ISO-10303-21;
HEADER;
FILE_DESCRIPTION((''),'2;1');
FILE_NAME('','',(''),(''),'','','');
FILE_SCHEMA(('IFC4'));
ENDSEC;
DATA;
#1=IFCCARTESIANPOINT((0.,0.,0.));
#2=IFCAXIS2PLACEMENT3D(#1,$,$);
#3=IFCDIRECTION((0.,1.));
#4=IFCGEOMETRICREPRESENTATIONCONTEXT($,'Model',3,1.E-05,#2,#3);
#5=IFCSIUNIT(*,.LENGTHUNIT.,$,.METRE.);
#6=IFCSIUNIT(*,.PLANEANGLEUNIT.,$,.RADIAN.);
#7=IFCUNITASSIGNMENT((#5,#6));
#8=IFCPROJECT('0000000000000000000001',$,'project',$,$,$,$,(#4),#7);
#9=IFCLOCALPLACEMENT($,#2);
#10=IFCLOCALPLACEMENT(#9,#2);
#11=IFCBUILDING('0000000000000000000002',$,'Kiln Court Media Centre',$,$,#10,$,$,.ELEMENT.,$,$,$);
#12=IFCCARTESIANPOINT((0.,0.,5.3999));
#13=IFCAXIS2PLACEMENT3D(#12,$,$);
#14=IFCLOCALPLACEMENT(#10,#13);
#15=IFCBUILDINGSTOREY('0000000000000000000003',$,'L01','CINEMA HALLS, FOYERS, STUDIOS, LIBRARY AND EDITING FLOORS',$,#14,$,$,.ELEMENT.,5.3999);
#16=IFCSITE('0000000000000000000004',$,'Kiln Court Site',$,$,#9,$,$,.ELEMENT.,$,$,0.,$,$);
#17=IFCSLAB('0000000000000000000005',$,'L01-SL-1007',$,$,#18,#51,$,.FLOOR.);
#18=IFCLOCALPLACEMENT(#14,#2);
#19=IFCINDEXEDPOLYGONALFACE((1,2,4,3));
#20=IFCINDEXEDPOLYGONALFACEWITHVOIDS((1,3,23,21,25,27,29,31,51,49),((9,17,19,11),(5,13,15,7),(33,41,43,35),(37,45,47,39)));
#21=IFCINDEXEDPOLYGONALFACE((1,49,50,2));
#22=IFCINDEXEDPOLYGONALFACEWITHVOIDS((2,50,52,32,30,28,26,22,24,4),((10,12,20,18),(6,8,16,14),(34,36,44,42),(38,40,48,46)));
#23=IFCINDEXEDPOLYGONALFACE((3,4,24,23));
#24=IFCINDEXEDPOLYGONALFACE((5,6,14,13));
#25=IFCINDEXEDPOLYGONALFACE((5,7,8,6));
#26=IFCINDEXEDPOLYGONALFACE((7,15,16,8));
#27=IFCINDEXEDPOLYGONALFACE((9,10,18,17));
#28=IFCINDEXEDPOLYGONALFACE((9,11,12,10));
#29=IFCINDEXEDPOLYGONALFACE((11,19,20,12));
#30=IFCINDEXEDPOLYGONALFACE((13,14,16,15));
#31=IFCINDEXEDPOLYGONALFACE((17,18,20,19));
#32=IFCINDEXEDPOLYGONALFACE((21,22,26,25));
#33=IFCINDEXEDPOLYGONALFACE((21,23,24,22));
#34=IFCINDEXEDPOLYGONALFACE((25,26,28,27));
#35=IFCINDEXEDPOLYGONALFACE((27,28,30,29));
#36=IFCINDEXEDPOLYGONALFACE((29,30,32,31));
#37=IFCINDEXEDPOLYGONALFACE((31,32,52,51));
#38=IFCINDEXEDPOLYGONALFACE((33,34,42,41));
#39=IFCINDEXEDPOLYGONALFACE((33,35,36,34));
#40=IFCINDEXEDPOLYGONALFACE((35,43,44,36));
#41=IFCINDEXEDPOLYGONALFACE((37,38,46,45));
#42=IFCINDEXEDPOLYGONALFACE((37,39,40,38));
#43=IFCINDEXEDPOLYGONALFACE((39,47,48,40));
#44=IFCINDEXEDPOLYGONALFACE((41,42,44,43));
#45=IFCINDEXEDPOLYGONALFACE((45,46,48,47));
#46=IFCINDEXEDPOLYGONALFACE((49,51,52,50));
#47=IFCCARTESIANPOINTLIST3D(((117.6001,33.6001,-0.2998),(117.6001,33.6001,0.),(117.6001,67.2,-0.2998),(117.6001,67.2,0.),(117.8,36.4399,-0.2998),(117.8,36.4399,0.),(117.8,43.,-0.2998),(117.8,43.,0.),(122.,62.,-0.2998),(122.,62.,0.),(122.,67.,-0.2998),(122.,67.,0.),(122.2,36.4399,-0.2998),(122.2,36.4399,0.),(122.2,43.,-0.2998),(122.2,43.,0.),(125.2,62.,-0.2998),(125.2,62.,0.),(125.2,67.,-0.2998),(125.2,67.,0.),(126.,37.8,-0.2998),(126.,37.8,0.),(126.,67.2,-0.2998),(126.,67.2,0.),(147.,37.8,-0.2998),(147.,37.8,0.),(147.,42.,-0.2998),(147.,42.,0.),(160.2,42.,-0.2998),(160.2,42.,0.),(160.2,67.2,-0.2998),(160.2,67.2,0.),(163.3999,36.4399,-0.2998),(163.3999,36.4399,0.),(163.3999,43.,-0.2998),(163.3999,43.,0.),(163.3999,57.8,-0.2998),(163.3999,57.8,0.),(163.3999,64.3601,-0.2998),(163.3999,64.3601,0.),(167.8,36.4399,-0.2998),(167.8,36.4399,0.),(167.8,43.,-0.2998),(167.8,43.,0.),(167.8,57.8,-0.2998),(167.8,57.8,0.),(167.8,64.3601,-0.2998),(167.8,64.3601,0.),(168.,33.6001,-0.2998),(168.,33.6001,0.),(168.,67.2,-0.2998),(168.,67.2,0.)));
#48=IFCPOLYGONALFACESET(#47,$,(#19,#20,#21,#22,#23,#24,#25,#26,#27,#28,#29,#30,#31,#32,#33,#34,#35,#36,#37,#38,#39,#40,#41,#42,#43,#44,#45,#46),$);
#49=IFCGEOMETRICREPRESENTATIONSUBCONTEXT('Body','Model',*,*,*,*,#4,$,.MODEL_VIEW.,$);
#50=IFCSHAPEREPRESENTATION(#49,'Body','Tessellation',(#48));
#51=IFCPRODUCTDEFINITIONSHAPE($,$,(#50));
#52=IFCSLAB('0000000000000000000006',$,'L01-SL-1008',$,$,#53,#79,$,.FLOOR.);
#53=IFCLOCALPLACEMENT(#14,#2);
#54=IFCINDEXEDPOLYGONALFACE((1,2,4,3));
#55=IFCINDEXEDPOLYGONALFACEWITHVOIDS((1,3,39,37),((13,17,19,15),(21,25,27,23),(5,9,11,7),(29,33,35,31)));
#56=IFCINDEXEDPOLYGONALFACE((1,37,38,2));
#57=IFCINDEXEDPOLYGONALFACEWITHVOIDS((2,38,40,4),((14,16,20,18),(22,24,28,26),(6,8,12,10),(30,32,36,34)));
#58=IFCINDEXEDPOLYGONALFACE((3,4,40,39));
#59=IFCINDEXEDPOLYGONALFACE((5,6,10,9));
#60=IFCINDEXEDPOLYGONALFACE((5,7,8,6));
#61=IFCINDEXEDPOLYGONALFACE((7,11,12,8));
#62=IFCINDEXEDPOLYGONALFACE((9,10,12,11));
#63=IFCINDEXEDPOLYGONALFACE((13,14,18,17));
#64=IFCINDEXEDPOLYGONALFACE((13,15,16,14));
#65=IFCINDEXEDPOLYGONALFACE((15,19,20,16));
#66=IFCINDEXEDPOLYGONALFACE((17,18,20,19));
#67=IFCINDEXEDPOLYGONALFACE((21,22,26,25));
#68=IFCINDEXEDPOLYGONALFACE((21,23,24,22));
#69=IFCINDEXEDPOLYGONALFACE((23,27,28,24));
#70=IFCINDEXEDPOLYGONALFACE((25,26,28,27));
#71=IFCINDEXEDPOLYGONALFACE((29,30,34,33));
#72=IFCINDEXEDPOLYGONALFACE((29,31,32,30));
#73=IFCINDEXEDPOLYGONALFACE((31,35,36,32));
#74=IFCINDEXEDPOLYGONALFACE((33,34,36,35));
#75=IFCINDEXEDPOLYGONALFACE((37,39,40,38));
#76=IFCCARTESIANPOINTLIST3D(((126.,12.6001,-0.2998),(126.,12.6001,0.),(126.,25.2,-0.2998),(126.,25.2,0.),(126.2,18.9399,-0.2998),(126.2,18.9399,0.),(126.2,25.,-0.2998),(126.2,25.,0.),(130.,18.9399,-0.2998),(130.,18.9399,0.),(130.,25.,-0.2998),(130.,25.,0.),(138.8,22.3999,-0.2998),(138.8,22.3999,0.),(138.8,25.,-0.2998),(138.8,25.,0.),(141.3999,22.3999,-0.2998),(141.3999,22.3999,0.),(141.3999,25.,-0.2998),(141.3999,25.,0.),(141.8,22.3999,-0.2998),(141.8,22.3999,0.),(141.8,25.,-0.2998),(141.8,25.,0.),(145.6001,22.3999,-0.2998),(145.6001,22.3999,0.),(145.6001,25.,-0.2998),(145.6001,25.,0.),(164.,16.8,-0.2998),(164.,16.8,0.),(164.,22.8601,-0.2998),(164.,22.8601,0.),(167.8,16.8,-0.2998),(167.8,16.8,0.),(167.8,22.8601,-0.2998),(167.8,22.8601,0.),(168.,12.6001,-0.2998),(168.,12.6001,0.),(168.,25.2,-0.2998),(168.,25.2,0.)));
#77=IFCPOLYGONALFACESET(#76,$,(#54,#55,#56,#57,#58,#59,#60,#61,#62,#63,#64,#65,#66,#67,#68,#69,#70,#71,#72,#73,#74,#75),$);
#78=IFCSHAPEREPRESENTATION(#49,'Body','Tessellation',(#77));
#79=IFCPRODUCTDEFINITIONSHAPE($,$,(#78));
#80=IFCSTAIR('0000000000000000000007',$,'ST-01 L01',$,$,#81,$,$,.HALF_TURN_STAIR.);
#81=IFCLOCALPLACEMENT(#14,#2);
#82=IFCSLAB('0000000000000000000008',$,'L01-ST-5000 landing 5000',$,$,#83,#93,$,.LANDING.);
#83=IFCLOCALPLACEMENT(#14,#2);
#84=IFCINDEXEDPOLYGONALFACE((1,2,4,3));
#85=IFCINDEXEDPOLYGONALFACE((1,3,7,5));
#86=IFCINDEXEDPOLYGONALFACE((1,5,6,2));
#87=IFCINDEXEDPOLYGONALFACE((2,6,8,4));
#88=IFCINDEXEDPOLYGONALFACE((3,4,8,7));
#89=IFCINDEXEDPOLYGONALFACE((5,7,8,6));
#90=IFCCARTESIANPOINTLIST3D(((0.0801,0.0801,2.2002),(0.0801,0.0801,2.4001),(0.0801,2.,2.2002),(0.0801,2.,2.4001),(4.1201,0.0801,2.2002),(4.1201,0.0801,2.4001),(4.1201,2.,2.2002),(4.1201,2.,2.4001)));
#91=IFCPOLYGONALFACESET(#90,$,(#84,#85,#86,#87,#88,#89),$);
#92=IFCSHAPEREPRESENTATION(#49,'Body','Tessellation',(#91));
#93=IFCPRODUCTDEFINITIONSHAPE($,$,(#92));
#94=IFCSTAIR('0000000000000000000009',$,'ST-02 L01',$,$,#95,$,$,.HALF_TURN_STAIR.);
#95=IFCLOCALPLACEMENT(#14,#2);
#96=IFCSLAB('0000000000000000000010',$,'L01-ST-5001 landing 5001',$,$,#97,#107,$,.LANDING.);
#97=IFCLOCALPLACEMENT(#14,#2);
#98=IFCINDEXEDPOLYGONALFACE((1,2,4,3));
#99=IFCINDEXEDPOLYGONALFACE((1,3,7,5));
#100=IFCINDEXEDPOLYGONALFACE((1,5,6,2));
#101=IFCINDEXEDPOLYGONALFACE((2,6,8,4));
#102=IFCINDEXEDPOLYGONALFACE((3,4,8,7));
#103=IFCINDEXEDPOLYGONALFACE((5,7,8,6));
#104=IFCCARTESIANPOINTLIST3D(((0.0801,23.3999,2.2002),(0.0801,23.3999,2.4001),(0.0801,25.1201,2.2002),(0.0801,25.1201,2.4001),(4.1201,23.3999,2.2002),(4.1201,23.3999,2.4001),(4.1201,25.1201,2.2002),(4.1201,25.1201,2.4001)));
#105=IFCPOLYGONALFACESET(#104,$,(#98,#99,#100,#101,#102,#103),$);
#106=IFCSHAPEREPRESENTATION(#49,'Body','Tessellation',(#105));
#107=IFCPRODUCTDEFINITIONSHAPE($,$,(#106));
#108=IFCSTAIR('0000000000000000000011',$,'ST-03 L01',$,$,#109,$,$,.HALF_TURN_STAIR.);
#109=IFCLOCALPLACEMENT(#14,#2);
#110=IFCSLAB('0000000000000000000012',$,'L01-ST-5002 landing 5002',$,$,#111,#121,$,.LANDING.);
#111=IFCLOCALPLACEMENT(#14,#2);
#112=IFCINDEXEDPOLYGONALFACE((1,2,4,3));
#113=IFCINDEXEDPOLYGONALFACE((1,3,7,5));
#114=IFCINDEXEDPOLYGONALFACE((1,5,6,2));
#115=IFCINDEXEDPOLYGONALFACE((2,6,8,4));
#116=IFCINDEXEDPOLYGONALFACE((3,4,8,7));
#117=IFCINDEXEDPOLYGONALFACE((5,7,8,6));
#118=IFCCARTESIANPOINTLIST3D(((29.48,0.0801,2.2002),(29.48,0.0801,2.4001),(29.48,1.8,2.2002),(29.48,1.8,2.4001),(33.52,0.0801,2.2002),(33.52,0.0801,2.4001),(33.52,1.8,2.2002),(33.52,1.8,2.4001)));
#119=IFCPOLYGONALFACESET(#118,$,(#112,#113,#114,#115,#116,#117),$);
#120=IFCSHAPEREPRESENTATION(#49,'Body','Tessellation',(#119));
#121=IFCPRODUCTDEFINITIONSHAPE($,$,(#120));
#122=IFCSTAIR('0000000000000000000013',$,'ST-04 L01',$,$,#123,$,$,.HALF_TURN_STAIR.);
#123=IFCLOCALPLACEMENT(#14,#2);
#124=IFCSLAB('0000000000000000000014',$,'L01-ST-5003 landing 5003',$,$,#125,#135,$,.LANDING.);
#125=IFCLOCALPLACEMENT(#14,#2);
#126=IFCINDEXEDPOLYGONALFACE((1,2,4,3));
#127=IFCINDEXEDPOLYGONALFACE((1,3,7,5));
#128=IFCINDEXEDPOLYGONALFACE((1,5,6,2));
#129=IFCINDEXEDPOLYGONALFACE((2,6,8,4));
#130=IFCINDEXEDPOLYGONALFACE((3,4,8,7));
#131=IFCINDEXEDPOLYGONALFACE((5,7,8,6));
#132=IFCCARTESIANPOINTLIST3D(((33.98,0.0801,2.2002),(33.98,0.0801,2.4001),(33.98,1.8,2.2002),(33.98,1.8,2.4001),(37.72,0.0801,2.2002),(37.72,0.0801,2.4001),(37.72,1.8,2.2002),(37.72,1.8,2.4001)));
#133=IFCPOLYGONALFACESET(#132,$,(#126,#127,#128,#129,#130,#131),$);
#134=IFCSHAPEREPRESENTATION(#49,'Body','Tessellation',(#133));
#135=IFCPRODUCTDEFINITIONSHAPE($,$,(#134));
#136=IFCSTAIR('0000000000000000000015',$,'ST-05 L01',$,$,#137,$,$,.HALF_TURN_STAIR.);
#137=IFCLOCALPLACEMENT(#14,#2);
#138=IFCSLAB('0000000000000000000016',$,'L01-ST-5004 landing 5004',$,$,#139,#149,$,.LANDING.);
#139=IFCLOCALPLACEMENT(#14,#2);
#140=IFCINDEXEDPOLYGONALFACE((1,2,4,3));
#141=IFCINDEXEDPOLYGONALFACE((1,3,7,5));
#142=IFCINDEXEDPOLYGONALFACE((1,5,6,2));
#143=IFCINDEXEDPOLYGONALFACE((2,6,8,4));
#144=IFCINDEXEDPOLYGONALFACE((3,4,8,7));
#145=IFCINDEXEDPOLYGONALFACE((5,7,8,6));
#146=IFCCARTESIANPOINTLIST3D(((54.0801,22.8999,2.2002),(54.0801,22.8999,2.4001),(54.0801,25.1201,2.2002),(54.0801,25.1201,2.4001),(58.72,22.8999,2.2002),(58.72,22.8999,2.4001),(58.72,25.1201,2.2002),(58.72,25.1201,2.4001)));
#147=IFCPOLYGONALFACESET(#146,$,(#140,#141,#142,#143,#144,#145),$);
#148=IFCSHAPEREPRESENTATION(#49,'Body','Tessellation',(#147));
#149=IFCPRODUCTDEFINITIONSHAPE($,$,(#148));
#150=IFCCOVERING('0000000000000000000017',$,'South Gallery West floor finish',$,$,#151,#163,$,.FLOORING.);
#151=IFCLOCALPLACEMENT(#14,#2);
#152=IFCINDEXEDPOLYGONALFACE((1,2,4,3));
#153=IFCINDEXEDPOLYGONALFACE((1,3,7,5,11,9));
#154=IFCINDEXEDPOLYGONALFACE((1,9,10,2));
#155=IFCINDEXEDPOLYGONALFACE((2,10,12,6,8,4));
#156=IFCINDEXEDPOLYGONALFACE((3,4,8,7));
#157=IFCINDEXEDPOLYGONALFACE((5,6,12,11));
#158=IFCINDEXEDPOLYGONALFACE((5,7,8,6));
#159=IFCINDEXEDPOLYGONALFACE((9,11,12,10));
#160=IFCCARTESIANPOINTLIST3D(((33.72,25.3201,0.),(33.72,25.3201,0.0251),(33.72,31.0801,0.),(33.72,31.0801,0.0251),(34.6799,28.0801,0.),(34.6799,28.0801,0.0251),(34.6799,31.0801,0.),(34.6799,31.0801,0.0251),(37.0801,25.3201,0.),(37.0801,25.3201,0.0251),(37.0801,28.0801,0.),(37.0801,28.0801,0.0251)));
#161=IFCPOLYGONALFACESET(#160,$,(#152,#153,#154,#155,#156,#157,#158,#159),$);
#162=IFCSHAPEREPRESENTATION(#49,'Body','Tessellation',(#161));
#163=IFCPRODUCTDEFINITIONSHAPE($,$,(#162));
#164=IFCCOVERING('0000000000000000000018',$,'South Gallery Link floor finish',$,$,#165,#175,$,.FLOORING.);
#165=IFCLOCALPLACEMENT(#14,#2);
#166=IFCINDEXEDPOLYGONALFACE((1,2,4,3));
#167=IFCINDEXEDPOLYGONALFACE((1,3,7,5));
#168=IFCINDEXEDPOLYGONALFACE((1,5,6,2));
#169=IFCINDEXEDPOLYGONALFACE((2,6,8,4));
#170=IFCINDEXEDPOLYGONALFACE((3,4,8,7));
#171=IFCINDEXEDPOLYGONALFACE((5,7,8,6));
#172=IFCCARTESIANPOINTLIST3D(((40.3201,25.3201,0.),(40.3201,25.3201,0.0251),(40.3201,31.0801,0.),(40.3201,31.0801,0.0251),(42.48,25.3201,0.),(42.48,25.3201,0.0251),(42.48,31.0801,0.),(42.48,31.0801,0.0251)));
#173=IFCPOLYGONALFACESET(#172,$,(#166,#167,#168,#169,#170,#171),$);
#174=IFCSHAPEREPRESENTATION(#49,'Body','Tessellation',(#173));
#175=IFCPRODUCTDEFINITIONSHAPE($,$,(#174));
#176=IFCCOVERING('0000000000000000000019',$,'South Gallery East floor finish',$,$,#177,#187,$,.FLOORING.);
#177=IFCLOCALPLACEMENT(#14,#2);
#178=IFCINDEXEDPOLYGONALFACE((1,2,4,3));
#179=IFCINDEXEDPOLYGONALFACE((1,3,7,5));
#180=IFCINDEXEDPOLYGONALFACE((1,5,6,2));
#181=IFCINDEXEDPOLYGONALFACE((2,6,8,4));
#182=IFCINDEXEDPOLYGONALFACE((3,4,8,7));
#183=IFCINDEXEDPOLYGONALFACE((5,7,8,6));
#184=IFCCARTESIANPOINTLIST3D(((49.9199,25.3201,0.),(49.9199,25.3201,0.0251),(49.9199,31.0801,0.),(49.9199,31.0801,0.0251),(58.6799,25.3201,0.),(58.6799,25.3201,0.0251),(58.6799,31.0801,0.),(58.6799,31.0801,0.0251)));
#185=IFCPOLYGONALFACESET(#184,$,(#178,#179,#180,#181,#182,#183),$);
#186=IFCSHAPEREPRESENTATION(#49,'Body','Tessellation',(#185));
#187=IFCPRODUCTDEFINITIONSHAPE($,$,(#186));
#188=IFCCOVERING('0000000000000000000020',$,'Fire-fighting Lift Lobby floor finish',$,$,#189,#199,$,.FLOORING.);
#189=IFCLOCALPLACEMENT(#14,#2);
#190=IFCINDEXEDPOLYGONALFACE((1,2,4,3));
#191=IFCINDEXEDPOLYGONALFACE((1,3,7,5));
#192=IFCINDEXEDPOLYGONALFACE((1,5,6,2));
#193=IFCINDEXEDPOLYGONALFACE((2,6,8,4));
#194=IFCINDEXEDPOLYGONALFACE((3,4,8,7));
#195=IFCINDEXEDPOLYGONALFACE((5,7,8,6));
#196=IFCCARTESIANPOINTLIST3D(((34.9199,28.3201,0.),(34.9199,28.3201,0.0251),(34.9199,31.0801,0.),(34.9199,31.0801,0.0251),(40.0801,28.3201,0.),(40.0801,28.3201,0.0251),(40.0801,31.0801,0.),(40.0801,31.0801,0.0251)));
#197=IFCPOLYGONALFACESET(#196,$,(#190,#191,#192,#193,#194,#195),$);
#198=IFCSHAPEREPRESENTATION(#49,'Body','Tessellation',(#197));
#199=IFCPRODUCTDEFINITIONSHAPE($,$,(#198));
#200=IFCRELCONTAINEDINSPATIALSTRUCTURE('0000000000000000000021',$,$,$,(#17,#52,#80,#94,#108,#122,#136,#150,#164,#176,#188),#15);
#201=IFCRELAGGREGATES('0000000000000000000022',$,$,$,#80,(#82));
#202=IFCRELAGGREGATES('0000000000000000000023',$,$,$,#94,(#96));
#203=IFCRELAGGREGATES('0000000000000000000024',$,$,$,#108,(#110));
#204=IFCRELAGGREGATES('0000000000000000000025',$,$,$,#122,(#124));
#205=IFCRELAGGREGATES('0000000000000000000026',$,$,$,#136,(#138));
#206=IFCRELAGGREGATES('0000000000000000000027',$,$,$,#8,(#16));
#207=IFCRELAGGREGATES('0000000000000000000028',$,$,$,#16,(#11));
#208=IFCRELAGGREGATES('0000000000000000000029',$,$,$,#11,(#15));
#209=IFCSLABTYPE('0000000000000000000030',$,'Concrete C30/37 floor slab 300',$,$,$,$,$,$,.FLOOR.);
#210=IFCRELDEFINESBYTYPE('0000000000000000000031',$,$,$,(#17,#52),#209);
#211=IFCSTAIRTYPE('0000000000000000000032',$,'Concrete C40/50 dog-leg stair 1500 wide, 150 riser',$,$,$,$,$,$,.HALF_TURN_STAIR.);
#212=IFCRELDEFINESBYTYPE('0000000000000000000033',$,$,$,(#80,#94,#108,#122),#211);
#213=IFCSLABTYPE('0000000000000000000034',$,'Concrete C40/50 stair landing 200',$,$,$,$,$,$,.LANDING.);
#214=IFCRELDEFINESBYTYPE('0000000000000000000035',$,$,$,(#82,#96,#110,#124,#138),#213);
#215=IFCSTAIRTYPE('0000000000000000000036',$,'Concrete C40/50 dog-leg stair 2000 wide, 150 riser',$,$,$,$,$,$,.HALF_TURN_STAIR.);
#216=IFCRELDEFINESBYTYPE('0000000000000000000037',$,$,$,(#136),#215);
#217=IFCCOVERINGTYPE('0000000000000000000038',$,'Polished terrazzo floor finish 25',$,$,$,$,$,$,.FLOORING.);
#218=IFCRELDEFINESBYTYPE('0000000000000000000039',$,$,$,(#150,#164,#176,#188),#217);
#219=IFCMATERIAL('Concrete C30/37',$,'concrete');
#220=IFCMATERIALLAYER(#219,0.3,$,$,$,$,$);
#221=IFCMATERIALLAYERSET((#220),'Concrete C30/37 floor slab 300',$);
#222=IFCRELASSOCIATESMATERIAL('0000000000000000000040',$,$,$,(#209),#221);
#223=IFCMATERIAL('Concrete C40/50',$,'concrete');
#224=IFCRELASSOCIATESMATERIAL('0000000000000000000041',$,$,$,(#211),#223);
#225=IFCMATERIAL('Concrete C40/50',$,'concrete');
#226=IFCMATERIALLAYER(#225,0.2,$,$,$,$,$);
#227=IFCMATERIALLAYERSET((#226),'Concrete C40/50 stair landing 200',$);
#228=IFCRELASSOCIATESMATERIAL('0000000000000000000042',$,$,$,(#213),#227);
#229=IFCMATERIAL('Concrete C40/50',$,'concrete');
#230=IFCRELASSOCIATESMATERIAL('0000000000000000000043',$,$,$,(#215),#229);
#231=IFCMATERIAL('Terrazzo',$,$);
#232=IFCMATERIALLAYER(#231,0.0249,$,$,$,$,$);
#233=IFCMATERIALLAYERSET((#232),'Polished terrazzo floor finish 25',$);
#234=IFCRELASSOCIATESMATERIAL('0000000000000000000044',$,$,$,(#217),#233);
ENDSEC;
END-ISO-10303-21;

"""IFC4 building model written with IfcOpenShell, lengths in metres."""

from ifc_helpers import new_model, si_unit, direction, frame, origin, place, context, subcontext, project, spatial, polyline, outline, extrude, material, layer, layer_set, type_object, element, aggregate, save


model = new_model("IFC4")

# Units and contexts
model_context = context("Model", 3, precision=1e-05, world=origin(), true_north=direction((0.0, 1.0)))
body_context = subcontext(model_context, "Body", "Model", "MODEL_VIEW")
ifc_project = project(units=[si_unit("LENGTHUNIT", "METRE"), si_unit("PLANEANGLEUNIT", "RADIAN")], contexts=[model_context])

# Site, building, storey
site_placement = place(None, origin())
site = spatial("IfcSite", under=ifc_project, at=site_placement, Name="Kiln Court Site", CompositionType="ELEMENT", RefElevation=0.0)
building_placement = place(site_placement, origin())
building = spatial("IfcBuilding", under=site, at=building_placement, Name="Kiln Court Media Centre", CompositionType="ELEMENT")
storey_placement = place(building_placement, frame((0.0, 0.0, 5.3999)))
storey = spatial("IfcBuildingStorey", under=building, at=storey_placement, Name="L01", Description="CINEMA HALLS, FOYERS, STUDIOS, LIBRARY AND EDITING FLOORS", CompositionType="ELEMENT", Elevation=5.3999)

# Slabs
ifc_material_1 = material(Name="Concrete C30/37", Category="concrete")
ifc_layer_1 = layer(ifc_material_1, 0.3)
ifc_layer_set_1 = layer_set([ifc_layer_1], Name="Concrete C30/37 floor slab 300")
slab_type_1 = type_object("IfcSlabType", Name="Concrete C30/37 floor slab 300", PredefinedType="FLOOR", material=ifc_layer_set_1)
slab_1_placement = place(storey_placement, frame((0.0, 0.0, -0.2998)))
element("IfcSlab", 1, at=slab_1_placement, inside=storey, type_object=slab_type_1, Name="L01-SL-1007", PredefinedType="FLOOR", context=body_context, shape_type="SweptSolid", body=[
    extrude(outline(polyline([(117.6001, 33.6001), (117.6001, 67.2), (126.0, 67.2), (126.0, 37.8), (147.0, 37.8), (147.0, 42.0), (160.2, 42.0), (160.2, 67.2), (168.0, 67.2), (168.0, 33.6001), (117.6001, 33.6001)]), holes=[polyline([(117.8, 36.4399), (122.2, 36.4399), (122.2, 43.0), (117.8, 43.0), (117.8, 36.4399)]), polyline([(163.3999, 36.4399), (167.8, 36.4399), (167.8, 43.0), (163.3999, 43.0), (163.3999, 36.4399)]), polyline([(163.3999, 57.8), (167.8, 57.8), (167.8, 64.3601), (163.3999, 64.3601), (163.3999, 57.8)]), polyline([(122.0, 62.0), (125.2, 62.0), (125.2, 67.0), (122.0, 67.0), (122.0, 62.0)])]), origin(), (0.0, 0.0, 1.0), 0.2998),
])
slab_2_placement = place(storey_placement, frame((0.0, 0.0, -0.2998)))
element("IfcSlab", 2, at=slab_2_placement, inside=storey, type_object=slab_type_1, Name="L01-SL-1008", PredefinedType="FLOOR", context=body_context, shape_type="SweptSolid", body=[
    extrude(outline(polyline([(126.0, 12.6001), (126.0, 25.2), (168.0, 25.2), (168.0, 12.6001), (126.0, 12.6001)]), holes=[polyline([(164.0, 16.8), (167.8, 16.8), (167.8, 22.8601), (164.0, 22.8601), (164.0, 16.8)]), polyline([(126.2, 18.9399), (130.0, 18.9399), (130.0, 25.0), (126.2, 25.0), (126.2, 18.9399)]), polyline([(138.8, 22.3999), (141.3999, 22.3999), (141.3999, 25.0), (138.8, 25.0), (138.8, 22.3999)]), polyline([(141.8, 22.3999), (145.6001, 22.3999), (145.6001, 25.0), (141.8, 25.0), (141.8, 22.3999)])]), origin(), (0.0, 0.0, 1.0), 0.2998),
])

# Stairs, slabs
ifc_material_2 = material(Name="Concrete C40/50", Category="concrete")
stair_type_1 = type_object("IfcStairType", Name="Concrete C40/50 dog-leg stair 1500 wide, 150 riser", PredefinedType="HALF_TURN_STAIR", material=ifc_material_2)
stair_1_placement = place(storey_placement, origin())
stair_1 = element("IfcStair", 3, at=stair_1_placement, inside=storey, type_object=stair_type_1, Name="ST-01 L01", PredefinedType="HALF_TURN_STAIR")
ifc_material_3 = material(Name="Concrete C40/50", Category="concrete")
ifc_layer_2 = layer(ifc_material_3, 0.2)
ifc_layer_set_2 = layer_set([ifc_layer_2], Name="Concrete C40/50 stair landing 200")
slab_type_2 = type_object("IfcSlabType", Name="Concrete C40/50 stair landing 200", PredefinedType="LANDING", material=ifc_layer_set_2)
slab_3_placement = place(storey_placement, frame((0.0, 0.0, 2.2002)))
slab_3 = element("IfcSlab", 4, at=slab_3_placement, type_object=slab_type_2, Name="L01-ST-5000 landing 5000", PredefinedType="LANDING", context=body_context, shape_type="SweptSolid", body=[
    extrude(outline(polyline([(0.0801, 2.0), (0.0801, 0.0801), (4.1201, 0.0801), (4.1201, 2.0), (0.0801, 2.0)])), origin(), (0.0, 0.0, 1.0), 0.2),
])
aggregate(stair_1, [slab_3])
stair_2_placement = place(storey_placement, origin())
stair_2 = element("IfcStair", 5, at=stair_2_placement, inside=storey, type_object=stair_type_1, Name="ST-02 L01", PredefinedType="HALF_TURN_STAIR")
slab_4_placement = place(storey_placement, frame((0.0, 0.0, 2.2002)))
slab_4 = element("IfcSlab", 6, at=slab_4_placement, type_object=slab_type_2, Name="L01-ST-5001 landing 5001", PredefinedType="LANDING", context=body_context, shape_type="SweptSolid", body=[
    extrude(outline(polyline([(4.1201, 23.3999), (4.1201, 25.1201), (0.0801, 25.1201), (0.0801, 23.3999), (4.1201, 23.3999)])), origin(), (0.0, 0.0, 1.0), 0.2),
])
aggregate(stair_2, [slab_4])
stair_3_placement = place(storey_placement, origin())
stair_3 = element("IfcStair", 7, at=stair_3_placement, inside=storey, type_object=stair_type_1, Name="ST-03 L01", PredefinedType="HALF_TURN_STAIR")
slab_5_placement = place(storey_placement, frame((0.0, 0.0, 2.2002)))
slab_5 = element("IfcSlab", 8, at=slab_5_placement, type_object=slab_type_2, Name="L01-ST-5002 landing 5002", PredefinedType="LANDING", context=body_context, shape_type="SweptSolid", body=[
    extrude(outline(polyline([(29.48, 1.8), (29.48, 0.0801), (33.52, 0.0801), (33.52, 1.8), (29.48, 1.8)])), origin(), (0.0, 0.0, 1.0), 0.2),
])
aggregate(stair_3, [slab_5])
stair_4_placement = place(storey_placement, origin())
stair_4 = element("IfcStair", 9, at=stair_4_placement, inside=storey, type_object=stair_type_1, Name="ST-04 L01", PredefinedType="HALF_TURN_STAIR")
slab_6_placement = place(storey_placement, frame((0.0, 0.0, 2.2002)))
slab_6 = element("IfcSlab", 10, at=slab_6_placement, type_object=slab_type_2, Name="L01-ST-5003 landing 5003", PredefinedType="LANDING", context=body_context, shape_type="SweptSolid", body=[
    extrude(outline(polyline([(33.98, 1.8), (33.98, 0.0801), (37.72, 0.0801), (37.72, 1.8), (33.98, 1.8)])), origin(), (0.0, 0.0, 1.0), 0.2),
])
aggregate(stair_4, [slab_6])
ifc_material_4 = material(Name="Concrete C40/50", Category="concrete")
stair_type_2 = type_object("IfcStairType", Name="Concrete C40/50 dog-leg stair 2000 wide, 150 riser", PredefinedType="HALF_TURN_STAIR", material=ifc_material_4)
stair_5_placement = place(storey_placement, origin())
stair_5 = element("IfcStair", 11, at=stair_5_placement, inside=storey, type_object=stair_type_2, Name="ST-05 L01", PredefinedType="HALF_TURN_STAIR")
slab_7_placement = place(storey_placement, frame((0.0, 0.0, 2.2002)))
slab_7 = element("IfcSlab", 12, at=slab_7_placement, type_object=slab_type_2, Name="L01-ST-5004 landing 5004", PredefinedType="LANDING", context=body_context, shape_type="SweptSolid", body=[
    extrude(outline(polyline([(58.72, 22.8999), (58.72, 25.1201), (54.0801, 25.1201), (54.0801, 22.8999), (58.72, 22.8999)])), origin(), (0.0, 0.0, 1.0), 0.2),
])
aggregate(stair_5, [slab_7])

# Coverings
ifc_material_5 = material(Name="Terrazzo")
ifc_layer_3 = layer(ifc_material_5, 0.0249)
ifc_layer_set_3 = layer_set([ifc_layer_3], Name="Polished terrazzo floor finish 25")
covering_type = type_object("IfcCoveringType", Name="Polished terrazzo floor finish 25", PredefinedType="FLOORING", material=ifc_layer_set_3)
covering_1_placement = place(storey_placement, origin())
element("IfcCovering", 13, at=covering_1_placement, inside=storey, type_object=covering_type, Name="South Gallery West floor finish", PredefinedType="FLOORING", context=body_context, shape_type="SweptSolid", body=[
    extrude(outline(polyline([(37.0801, 25.3201), (37.0801, 28.0801), (34.6799, 28.0801), (34.6799, 31.0801), (33.72, 31.0801), (33.72, 25.3201), (37.0801, 25.3201)])), origin(), (0.0, 0.0, 1.0), 0.0251),
])
covering_2_placement = place(storey_placement, origin())
element("IfcCovering", 14, at=covering_2_placement, inside=storey, type_object=covering_type, Name="South Gallery Link floor finish", PredefinedType="FLOORING", context=body_context, shape_type="SweptSolid", body=[
    extrude(outline(polyline([(40.3201, 25.3201), (42.48, 25.3201), (42.48, 31.0801), (40.3201, 31.0801), (40.3201, 25.3201)])), origin(), (0.0, 0.0, 1.0), 0.0251),
])
covering_3_placement = place(storey_placement, origin())
element("IfcCovering", 15, at=covering_3_placement, inside=storey, type_object=covering_type, Name="South Gallery East floor finish", PredefinedType="FLOORING", context=body_context, shape_type="SweptSolid", body=[
    extrude(outline(polyline([(49.9199, 25.3201), (58.6799, 25.3201), (58.6799, 31.0801), (49.9199, 31.0801), (49.9199, 25.3201)])), origin(), (0.0, 0.0, 1.0), 0.0251),
])
covering_4_placement = place(storey_placement, origin())
element("IfcCovering", 16, at=covering_4_placement, inside=storey, type_object=covering_type, Name="Fire-fighting Lift Lobby floor finish", PredefinedType="FLOORING", context=body_context, shape_type="SweptSolid", body=[
    extrude(outline(polyline([(34.9199, 28.3201), (40.0801, 28.3201), (40.0801, 31.0801), (34.9199, 31.0801), (34.9199, 28.3201)])), origin(), (0.0, 0.0, 1.0), 0.0251),
])

save(model, "model.ifc")
